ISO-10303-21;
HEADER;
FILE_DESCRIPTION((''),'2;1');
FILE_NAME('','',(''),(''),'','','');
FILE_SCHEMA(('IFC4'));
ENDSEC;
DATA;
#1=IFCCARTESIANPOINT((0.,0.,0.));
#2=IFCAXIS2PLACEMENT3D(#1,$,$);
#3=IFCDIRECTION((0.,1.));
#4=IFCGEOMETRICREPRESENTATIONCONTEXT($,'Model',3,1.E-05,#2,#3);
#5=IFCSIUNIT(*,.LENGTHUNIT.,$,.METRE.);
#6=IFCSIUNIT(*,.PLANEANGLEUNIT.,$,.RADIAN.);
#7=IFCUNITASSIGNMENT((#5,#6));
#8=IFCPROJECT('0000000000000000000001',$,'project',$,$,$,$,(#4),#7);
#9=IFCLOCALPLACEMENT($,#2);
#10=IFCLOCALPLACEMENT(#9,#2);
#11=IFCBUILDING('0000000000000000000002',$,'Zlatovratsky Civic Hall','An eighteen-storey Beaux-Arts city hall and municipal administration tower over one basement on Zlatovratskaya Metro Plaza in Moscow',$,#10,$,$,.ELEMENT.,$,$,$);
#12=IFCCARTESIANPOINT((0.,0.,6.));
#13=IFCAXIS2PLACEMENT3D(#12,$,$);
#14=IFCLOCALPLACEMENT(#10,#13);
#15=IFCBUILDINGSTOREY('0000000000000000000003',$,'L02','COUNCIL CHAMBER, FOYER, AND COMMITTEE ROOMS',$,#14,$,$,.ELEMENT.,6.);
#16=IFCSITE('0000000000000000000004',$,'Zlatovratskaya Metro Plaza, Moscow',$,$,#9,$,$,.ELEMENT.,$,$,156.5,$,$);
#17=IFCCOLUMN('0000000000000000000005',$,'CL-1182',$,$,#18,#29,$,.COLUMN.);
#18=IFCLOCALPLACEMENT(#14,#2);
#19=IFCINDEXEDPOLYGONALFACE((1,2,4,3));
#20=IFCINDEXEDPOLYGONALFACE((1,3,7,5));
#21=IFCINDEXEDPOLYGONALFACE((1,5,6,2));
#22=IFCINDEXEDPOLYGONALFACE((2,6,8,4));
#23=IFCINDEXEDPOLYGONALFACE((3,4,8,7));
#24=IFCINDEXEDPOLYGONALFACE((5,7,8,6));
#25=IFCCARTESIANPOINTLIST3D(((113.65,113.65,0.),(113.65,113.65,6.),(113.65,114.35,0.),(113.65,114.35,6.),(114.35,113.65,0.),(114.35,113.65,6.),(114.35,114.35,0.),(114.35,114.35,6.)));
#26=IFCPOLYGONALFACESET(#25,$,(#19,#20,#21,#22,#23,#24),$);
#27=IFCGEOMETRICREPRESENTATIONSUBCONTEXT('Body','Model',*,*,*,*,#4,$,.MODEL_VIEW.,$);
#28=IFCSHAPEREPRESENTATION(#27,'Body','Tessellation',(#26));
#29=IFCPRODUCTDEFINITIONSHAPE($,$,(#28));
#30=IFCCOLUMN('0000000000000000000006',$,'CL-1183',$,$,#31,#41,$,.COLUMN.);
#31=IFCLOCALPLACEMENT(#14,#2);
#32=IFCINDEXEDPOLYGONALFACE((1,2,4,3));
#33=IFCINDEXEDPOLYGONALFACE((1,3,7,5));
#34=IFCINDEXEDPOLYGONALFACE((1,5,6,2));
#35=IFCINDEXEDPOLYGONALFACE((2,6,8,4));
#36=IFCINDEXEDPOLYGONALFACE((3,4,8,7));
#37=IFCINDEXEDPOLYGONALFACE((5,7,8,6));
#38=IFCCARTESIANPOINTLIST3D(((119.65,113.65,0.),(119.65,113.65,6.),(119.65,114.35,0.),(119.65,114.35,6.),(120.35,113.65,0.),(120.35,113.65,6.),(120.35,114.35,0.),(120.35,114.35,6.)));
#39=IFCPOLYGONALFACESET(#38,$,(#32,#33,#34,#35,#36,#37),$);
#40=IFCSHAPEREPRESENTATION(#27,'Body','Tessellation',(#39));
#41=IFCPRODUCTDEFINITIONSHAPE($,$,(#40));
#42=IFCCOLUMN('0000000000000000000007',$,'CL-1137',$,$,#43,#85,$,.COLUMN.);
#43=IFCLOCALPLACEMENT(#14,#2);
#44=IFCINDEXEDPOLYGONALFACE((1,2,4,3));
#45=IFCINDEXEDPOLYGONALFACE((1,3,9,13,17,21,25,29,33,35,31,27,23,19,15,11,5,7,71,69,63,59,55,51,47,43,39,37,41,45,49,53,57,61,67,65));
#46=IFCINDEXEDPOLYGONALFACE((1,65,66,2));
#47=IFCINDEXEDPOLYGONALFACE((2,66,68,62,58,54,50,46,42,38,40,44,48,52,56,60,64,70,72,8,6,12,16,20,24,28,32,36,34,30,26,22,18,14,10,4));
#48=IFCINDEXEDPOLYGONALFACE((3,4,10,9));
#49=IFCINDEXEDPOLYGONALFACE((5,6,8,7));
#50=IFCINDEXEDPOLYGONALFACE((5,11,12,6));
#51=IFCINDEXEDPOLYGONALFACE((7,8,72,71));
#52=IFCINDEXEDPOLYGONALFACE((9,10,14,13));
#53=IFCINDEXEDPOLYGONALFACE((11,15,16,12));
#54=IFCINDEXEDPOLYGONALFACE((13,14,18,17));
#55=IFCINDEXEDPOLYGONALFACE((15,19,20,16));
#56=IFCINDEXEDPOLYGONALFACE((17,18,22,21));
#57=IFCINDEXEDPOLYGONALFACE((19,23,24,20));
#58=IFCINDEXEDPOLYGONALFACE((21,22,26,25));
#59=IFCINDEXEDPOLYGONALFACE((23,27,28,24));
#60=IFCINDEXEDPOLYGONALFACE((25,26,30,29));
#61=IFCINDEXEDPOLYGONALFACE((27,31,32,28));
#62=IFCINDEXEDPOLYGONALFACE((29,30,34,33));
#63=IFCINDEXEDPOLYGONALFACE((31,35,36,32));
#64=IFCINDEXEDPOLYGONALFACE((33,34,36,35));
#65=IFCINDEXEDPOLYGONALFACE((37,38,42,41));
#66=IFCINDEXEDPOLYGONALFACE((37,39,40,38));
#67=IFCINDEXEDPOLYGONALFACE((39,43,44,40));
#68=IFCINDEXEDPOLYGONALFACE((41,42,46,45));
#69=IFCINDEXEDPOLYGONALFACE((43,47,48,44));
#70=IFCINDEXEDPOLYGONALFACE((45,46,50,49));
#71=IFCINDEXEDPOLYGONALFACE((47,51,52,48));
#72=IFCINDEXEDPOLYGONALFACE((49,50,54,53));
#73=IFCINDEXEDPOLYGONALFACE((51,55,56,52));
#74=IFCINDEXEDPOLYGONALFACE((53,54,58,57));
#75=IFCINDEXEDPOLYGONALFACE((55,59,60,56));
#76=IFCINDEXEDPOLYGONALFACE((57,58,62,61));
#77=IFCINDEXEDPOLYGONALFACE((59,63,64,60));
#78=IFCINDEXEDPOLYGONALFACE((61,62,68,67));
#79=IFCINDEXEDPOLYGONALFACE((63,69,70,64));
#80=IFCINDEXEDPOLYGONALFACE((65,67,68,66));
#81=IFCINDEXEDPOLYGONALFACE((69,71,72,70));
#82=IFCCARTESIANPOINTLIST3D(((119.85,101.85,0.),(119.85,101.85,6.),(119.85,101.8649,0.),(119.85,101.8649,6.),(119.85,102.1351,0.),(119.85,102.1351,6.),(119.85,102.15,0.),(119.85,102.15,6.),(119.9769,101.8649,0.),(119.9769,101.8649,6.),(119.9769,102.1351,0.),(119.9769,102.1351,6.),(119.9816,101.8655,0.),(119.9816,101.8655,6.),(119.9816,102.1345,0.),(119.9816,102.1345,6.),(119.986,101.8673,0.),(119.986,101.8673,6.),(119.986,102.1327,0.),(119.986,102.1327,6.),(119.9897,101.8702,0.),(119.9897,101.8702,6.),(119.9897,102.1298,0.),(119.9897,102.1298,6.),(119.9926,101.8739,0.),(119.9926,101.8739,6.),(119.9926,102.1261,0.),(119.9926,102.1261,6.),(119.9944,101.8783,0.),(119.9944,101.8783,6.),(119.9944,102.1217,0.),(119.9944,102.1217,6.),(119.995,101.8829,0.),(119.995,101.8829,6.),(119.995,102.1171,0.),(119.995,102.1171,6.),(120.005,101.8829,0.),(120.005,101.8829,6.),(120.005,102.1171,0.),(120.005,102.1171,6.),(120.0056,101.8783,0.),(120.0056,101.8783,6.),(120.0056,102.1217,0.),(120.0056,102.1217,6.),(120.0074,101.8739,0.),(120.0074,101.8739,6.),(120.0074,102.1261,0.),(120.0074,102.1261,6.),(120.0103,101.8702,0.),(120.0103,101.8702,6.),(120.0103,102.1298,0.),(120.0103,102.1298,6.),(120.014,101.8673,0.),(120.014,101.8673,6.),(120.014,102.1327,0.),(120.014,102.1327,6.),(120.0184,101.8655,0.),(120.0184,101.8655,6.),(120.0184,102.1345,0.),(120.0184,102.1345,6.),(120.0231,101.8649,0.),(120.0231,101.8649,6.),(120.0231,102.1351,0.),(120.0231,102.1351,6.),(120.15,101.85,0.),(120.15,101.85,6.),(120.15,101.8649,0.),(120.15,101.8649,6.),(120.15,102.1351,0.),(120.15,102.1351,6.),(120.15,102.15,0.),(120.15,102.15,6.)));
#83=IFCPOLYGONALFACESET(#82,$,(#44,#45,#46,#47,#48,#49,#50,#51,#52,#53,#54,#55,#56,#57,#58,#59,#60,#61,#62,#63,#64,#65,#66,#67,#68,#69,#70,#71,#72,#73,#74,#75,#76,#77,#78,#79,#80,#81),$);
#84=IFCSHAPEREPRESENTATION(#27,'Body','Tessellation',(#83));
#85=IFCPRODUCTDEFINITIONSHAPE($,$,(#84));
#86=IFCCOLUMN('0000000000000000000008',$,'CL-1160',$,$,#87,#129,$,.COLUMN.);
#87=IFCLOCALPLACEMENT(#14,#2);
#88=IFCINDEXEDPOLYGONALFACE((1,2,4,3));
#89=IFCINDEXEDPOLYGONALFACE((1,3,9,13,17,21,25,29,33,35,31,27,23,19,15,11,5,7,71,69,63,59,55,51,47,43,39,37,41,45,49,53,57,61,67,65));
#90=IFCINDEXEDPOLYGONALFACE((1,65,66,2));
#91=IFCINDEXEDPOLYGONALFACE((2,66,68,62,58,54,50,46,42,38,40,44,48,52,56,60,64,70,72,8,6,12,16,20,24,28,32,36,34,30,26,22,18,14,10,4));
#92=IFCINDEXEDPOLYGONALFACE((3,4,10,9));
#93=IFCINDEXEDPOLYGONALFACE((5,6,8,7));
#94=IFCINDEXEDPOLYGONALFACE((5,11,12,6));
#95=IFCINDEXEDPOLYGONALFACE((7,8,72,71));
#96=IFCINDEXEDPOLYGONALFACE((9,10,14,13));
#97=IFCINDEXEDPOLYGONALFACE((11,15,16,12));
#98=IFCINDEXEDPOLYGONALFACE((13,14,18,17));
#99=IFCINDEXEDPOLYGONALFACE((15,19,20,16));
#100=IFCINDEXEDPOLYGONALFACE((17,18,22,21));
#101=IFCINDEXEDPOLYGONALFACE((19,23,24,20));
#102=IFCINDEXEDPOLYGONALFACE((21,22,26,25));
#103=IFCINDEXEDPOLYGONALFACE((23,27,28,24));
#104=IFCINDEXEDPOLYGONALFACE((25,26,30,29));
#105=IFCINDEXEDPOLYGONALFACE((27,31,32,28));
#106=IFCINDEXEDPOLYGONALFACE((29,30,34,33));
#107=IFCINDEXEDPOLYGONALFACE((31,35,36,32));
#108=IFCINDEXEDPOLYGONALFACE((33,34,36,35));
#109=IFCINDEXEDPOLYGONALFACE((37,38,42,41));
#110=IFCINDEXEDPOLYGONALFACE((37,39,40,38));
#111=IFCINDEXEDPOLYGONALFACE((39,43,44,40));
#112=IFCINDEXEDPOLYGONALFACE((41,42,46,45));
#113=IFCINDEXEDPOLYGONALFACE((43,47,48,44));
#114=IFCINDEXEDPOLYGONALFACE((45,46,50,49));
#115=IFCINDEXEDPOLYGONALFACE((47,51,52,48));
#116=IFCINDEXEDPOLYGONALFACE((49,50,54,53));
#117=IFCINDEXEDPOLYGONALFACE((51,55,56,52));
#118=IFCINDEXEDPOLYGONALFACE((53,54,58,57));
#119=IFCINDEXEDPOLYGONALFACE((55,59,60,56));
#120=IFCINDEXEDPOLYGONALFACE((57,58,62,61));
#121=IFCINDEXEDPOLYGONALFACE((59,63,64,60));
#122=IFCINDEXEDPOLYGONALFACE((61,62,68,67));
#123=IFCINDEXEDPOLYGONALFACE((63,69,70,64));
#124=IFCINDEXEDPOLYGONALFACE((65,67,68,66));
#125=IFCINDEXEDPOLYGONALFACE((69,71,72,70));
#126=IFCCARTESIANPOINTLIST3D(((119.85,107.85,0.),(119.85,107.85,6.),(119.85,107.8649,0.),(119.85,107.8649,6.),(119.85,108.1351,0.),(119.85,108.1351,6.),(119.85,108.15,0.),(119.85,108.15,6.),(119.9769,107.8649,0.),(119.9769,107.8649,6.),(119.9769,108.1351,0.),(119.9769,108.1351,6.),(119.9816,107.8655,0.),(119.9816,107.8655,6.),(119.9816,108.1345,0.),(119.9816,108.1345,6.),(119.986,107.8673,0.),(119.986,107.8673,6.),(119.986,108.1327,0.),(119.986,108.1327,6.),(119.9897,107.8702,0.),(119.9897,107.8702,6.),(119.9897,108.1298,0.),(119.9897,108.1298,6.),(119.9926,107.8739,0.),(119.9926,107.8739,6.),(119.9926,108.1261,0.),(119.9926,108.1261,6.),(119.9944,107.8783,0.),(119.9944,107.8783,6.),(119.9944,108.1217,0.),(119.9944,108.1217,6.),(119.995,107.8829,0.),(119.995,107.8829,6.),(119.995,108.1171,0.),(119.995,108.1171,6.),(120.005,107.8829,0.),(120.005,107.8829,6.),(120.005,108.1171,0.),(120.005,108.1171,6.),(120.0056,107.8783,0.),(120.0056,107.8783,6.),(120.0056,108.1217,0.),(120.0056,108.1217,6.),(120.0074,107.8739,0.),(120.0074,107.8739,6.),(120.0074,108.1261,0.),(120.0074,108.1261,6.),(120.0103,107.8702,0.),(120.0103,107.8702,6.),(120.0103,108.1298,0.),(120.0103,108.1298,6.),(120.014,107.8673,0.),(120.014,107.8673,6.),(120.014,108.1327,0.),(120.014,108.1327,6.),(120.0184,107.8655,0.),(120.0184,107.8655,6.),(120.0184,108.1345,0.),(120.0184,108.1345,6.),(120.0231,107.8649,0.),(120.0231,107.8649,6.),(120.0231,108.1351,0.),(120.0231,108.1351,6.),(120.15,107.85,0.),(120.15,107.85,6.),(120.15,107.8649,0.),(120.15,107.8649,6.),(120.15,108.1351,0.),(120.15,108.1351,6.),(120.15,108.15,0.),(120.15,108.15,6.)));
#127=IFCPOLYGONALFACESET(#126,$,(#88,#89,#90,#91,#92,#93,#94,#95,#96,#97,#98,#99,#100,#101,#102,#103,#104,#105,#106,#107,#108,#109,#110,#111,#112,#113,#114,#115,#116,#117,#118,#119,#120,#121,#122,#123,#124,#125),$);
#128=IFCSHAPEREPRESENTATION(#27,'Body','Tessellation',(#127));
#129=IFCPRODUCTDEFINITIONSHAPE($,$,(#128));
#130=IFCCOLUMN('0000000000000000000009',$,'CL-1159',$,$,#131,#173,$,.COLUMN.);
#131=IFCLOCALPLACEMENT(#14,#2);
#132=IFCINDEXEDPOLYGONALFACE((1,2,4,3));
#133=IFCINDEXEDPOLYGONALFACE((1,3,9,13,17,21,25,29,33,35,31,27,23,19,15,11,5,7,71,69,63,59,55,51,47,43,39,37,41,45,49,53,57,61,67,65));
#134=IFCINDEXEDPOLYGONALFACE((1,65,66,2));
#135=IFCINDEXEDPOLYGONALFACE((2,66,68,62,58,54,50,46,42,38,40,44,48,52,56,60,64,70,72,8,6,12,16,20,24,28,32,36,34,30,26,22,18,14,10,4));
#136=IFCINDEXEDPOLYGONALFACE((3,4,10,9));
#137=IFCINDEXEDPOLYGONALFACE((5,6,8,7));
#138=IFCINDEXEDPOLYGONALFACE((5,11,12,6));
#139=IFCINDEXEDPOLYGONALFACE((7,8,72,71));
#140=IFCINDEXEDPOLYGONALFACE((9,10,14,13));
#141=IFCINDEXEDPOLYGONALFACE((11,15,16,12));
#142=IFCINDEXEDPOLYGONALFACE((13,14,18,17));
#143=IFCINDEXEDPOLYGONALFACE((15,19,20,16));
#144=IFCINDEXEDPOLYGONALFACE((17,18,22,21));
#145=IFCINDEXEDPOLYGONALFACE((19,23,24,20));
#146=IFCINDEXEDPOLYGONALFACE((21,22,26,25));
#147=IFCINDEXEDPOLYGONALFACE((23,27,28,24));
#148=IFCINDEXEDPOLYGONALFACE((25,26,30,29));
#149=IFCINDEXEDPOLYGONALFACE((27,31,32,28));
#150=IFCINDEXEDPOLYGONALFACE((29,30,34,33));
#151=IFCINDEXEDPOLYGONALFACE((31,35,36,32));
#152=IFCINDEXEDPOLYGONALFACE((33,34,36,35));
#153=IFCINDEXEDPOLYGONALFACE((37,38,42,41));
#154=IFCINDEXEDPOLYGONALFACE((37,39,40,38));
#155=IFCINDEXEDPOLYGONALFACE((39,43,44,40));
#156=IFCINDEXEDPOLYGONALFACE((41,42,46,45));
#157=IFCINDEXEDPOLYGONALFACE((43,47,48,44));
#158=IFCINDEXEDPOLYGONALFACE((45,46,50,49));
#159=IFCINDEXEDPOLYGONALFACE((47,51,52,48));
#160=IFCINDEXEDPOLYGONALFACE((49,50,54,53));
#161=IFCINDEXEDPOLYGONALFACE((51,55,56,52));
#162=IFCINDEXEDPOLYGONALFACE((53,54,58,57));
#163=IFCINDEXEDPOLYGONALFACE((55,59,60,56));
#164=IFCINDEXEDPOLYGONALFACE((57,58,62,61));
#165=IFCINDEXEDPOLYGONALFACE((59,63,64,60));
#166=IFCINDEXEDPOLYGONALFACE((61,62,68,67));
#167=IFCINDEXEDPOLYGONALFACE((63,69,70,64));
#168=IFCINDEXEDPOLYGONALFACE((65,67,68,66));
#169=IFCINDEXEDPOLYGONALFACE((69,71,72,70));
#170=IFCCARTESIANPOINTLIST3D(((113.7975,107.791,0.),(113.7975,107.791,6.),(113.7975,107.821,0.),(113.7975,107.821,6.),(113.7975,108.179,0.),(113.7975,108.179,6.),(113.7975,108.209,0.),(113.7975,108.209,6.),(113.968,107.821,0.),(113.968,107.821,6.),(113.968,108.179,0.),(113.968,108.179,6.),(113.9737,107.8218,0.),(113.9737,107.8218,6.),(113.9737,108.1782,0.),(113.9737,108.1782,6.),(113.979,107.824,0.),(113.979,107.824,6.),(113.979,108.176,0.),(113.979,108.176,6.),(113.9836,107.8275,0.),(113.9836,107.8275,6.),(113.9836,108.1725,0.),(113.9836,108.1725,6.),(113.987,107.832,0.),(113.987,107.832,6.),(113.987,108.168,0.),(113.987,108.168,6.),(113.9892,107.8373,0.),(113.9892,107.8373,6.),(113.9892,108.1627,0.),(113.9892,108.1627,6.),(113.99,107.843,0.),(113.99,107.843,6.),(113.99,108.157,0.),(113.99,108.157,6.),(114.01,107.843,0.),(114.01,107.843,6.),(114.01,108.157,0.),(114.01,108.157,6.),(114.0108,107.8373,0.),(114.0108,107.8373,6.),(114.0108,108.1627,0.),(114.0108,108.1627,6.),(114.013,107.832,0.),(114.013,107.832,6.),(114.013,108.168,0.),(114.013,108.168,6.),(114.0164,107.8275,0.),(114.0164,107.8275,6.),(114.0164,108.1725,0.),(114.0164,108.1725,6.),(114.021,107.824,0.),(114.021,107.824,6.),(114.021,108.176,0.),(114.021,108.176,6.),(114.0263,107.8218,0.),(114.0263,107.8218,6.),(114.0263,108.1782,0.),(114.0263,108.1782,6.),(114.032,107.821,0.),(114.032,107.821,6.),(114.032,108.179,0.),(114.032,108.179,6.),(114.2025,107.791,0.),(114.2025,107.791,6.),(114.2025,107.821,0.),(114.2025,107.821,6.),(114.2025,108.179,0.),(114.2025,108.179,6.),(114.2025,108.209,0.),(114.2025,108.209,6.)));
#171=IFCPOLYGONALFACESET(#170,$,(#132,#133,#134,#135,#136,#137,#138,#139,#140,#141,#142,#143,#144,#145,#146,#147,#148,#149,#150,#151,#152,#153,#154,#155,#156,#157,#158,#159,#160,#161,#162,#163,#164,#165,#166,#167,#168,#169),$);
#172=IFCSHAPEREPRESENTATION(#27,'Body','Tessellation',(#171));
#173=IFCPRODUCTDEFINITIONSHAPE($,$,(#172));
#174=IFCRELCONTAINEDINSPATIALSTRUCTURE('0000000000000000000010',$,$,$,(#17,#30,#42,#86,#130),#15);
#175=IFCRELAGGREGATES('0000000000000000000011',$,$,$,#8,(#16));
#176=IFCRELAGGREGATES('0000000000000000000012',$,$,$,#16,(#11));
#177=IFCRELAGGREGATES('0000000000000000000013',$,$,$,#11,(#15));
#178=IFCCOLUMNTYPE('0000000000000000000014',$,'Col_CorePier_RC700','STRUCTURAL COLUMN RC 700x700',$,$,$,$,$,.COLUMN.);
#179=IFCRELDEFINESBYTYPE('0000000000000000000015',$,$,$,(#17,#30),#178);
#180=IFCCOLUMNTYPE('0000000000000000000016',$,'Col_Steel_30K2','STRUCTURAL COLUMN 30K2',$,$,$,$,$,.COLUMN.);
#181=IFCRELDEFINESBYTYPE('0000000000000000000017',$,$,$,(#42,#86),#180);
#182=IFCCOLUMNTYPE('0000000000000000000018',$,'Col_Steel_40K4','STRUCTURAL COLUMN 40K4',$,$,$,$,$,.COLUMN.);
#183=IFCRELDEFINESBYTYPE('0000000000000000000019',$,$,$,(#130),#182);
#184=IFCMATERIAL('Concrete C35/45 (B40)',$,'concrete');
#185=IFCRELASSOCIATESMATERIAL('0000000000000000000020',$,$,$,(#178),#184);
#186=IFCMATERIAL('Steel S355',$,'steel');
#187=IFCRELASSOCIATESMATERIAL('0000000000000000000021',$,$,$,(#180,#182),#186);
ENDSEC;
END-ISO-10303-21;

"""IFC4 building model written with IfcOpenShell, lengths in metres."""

from ifc_helpers import new_model, si_unit, direction, frame, origin, origin_2d, place, context, subcontext, project, spatial, rectangle, i_section, extrude, material, material_profile, profile_set, type_object, element, save


model = new_model("IFC4")

# Units and contexts
model_context = context("Model", 3, precision=1e-05, world=origin(), true_north=direction((0.0, 1.0)))
body_context = subcontext(model_context, "Body", "Model", "MODEL_VIEW")
ifc_project = project(units=[si_unit("LENGTHUNIT", "METRE"), si_unit("PLANEANGLEUNIT", "RADIAN")], contexts=[model_context])

# Site, building, storey
site_placement = place(None, origin())
site = spatial("IfcSite", under=ifc_project, at=site_placement, Name="Zlatovratskaya Metro Plaza, Moscow", CompositionType="ELEMENT", RefElevation=156.5)
building_placement = place(site_placement, origin())
building = spatial("IfcBuilding", under=site, at=building_placement, Name="Zlatovratsky Civic Hall", Description="An eighteen-storey Beaux-Arts city hall and municipal administration tower over one basement on Zlatovratskaya Metro Plaza in Moscow", CompositionType="ELEMENT")
storey_placement = place(building_placement, frame((0.0, 0.0, 6.0)))
storey = spatial("IfcBuildingStorey", under=building, at=storey_placement, Name="L02", Description="COUNCIL CHAMBER, FOYER, AND COMMITTEE ROOMS", CompositionType="ELEMENT", Elevation=6.0)

# Columns
ifc_material_1 = material(Name="Concrete C35/45 (B40)", Category="concrete")
ifc_material_profile_1 = material_profile(ifc_material_1, rectangle(XDim=0.7, YDim=0.7, at=origin_2d()), Name="RC 700x700")
ifc_profile_set_1 = profile_set([ifc_material_profile_1], Name="Concrete C35/45 (B40)")
column_type_1 = type_object("IfcColumnType", Name="Col_CorePier_RC700", Description="STRUCTURAL COLUMN RC 700x700", PredefinedType="COLUMN", material=ifc_profile_set_1)
for number, where, z_axis, x_axis, name in (
    (1, (114.0, 114.0, 0.0), (0.0, 0.0, 1.0), (1.0, 0.0, 0.0), "CL-1182"),
    (2, (120.0, 114.0, 0.0), (0.0, 0.0, 1.0), (1.0, 0.0, 0.0), "CL-1183"),
):
    element("IfcColumn", number, at=place(storey_placement, frame(where, z_axis=z_axis, x_axis=x_axis)), inside=storey, type_object=column_type_1, Name=name, PredefinedType="COLUMN", context=body_context, shape_type="SweptSolid", body=[
        extrude(rectangle(XDim=0.7, YDim=0.7, at=origin_2d()), origin(), (0.0, 0.0, 1.0), 6.0),
    ])
ifc_material_2 = material(Name="Steel S355", Category="steel")
ifc_material_profile_2 = material_profile(ifc_material_2, i_section(OverallWidth=0.3, OverallDepth=0.3, WebThickness=0.01, FlangeThickness=0.0149, FilletRadius=0.0181, at=origin_2d()), Name="30K2")
ifc_profile_set_2 = profile_set([ifc_material_profile_2], Name="Steel S355")
column_type_2 = type_object("IfcColumnType", Name="Col_Steel_30K2", Description="STRUCTURAL COLUMN 30K2", PredefinedType="COLUMN", material=ifc_profile_set_2)
for number, where, z_axis, x_axis, name in (
    (3, (120.0, 102.0, 0.0), (0.0, 0.0, 1.0), (1.0, 0.0, 0.0), "CL-1137"),
    (4, (120.0, 108.0, 0.0), (0.0, 0.0, 1.0), (1.0, 0.0, 0.0), "CL-1160"),
):
    element("IfcColumn", number, at=place(storey_placement, frame(where, z_axis=z_axis, x_axis=x_axis)), inside=storey, type_object=column_type_2, Name=name, PredefinedType="COLUMN", context=body_context, shape_type="SweptSolid", body=[
        extrude(i_section(OverallWidth=0.3, OverallDepth=0.3, WebThickness=0.01, FlangeThickness=0.0149, FilletRadius=0.0181, at=origin_2d()), origin(), (0.0, 0.0, 1.0), 6.0),
    ])
ifc_material_profile_3 = material_profile(ifc_material_2, i_section(OverallWidth=0.405, OverallDepth=0.418, WebThickness=0.02, FlangeThickness=0.03, FilletRadius=0.022, at=origin_2d()), Name="40K4")
ifc_profile_set_3 = profile_set([ifc_material_profile_3], Name="Steel S355")
column_type_3 = type_object("IfcColumnType", Name="Col_Steel_40K4", Description="STRUCTURAL COLUMN 40K4", PredefinedType="COLUMN", material=ifc_profile_set_3)
column_placement = place(storey_placement, frame((114.0, 108.0, 0.0), z_axis=(0.0, 0.0, 1.0), x_axis=(1.0, 0.0, 0.0)))
element("IfcColumn", 5, at=column_placement, inside=storey, type_object=column_type_3, Name="CL-1159", PredefinedType="COLUMN", context=body_context, shape_type="SweptSolid", body=[
    extrude(i_section(OverallWidth=0.405, OverallDepth=0.418, WebThickness=0.02, FlangeThickness=0.03, FilletRadius=0.022, at=origin_2d()), origin(), (0.0, 0.0, 1.0), 6.0),
])

save(model, "model.ifc")
